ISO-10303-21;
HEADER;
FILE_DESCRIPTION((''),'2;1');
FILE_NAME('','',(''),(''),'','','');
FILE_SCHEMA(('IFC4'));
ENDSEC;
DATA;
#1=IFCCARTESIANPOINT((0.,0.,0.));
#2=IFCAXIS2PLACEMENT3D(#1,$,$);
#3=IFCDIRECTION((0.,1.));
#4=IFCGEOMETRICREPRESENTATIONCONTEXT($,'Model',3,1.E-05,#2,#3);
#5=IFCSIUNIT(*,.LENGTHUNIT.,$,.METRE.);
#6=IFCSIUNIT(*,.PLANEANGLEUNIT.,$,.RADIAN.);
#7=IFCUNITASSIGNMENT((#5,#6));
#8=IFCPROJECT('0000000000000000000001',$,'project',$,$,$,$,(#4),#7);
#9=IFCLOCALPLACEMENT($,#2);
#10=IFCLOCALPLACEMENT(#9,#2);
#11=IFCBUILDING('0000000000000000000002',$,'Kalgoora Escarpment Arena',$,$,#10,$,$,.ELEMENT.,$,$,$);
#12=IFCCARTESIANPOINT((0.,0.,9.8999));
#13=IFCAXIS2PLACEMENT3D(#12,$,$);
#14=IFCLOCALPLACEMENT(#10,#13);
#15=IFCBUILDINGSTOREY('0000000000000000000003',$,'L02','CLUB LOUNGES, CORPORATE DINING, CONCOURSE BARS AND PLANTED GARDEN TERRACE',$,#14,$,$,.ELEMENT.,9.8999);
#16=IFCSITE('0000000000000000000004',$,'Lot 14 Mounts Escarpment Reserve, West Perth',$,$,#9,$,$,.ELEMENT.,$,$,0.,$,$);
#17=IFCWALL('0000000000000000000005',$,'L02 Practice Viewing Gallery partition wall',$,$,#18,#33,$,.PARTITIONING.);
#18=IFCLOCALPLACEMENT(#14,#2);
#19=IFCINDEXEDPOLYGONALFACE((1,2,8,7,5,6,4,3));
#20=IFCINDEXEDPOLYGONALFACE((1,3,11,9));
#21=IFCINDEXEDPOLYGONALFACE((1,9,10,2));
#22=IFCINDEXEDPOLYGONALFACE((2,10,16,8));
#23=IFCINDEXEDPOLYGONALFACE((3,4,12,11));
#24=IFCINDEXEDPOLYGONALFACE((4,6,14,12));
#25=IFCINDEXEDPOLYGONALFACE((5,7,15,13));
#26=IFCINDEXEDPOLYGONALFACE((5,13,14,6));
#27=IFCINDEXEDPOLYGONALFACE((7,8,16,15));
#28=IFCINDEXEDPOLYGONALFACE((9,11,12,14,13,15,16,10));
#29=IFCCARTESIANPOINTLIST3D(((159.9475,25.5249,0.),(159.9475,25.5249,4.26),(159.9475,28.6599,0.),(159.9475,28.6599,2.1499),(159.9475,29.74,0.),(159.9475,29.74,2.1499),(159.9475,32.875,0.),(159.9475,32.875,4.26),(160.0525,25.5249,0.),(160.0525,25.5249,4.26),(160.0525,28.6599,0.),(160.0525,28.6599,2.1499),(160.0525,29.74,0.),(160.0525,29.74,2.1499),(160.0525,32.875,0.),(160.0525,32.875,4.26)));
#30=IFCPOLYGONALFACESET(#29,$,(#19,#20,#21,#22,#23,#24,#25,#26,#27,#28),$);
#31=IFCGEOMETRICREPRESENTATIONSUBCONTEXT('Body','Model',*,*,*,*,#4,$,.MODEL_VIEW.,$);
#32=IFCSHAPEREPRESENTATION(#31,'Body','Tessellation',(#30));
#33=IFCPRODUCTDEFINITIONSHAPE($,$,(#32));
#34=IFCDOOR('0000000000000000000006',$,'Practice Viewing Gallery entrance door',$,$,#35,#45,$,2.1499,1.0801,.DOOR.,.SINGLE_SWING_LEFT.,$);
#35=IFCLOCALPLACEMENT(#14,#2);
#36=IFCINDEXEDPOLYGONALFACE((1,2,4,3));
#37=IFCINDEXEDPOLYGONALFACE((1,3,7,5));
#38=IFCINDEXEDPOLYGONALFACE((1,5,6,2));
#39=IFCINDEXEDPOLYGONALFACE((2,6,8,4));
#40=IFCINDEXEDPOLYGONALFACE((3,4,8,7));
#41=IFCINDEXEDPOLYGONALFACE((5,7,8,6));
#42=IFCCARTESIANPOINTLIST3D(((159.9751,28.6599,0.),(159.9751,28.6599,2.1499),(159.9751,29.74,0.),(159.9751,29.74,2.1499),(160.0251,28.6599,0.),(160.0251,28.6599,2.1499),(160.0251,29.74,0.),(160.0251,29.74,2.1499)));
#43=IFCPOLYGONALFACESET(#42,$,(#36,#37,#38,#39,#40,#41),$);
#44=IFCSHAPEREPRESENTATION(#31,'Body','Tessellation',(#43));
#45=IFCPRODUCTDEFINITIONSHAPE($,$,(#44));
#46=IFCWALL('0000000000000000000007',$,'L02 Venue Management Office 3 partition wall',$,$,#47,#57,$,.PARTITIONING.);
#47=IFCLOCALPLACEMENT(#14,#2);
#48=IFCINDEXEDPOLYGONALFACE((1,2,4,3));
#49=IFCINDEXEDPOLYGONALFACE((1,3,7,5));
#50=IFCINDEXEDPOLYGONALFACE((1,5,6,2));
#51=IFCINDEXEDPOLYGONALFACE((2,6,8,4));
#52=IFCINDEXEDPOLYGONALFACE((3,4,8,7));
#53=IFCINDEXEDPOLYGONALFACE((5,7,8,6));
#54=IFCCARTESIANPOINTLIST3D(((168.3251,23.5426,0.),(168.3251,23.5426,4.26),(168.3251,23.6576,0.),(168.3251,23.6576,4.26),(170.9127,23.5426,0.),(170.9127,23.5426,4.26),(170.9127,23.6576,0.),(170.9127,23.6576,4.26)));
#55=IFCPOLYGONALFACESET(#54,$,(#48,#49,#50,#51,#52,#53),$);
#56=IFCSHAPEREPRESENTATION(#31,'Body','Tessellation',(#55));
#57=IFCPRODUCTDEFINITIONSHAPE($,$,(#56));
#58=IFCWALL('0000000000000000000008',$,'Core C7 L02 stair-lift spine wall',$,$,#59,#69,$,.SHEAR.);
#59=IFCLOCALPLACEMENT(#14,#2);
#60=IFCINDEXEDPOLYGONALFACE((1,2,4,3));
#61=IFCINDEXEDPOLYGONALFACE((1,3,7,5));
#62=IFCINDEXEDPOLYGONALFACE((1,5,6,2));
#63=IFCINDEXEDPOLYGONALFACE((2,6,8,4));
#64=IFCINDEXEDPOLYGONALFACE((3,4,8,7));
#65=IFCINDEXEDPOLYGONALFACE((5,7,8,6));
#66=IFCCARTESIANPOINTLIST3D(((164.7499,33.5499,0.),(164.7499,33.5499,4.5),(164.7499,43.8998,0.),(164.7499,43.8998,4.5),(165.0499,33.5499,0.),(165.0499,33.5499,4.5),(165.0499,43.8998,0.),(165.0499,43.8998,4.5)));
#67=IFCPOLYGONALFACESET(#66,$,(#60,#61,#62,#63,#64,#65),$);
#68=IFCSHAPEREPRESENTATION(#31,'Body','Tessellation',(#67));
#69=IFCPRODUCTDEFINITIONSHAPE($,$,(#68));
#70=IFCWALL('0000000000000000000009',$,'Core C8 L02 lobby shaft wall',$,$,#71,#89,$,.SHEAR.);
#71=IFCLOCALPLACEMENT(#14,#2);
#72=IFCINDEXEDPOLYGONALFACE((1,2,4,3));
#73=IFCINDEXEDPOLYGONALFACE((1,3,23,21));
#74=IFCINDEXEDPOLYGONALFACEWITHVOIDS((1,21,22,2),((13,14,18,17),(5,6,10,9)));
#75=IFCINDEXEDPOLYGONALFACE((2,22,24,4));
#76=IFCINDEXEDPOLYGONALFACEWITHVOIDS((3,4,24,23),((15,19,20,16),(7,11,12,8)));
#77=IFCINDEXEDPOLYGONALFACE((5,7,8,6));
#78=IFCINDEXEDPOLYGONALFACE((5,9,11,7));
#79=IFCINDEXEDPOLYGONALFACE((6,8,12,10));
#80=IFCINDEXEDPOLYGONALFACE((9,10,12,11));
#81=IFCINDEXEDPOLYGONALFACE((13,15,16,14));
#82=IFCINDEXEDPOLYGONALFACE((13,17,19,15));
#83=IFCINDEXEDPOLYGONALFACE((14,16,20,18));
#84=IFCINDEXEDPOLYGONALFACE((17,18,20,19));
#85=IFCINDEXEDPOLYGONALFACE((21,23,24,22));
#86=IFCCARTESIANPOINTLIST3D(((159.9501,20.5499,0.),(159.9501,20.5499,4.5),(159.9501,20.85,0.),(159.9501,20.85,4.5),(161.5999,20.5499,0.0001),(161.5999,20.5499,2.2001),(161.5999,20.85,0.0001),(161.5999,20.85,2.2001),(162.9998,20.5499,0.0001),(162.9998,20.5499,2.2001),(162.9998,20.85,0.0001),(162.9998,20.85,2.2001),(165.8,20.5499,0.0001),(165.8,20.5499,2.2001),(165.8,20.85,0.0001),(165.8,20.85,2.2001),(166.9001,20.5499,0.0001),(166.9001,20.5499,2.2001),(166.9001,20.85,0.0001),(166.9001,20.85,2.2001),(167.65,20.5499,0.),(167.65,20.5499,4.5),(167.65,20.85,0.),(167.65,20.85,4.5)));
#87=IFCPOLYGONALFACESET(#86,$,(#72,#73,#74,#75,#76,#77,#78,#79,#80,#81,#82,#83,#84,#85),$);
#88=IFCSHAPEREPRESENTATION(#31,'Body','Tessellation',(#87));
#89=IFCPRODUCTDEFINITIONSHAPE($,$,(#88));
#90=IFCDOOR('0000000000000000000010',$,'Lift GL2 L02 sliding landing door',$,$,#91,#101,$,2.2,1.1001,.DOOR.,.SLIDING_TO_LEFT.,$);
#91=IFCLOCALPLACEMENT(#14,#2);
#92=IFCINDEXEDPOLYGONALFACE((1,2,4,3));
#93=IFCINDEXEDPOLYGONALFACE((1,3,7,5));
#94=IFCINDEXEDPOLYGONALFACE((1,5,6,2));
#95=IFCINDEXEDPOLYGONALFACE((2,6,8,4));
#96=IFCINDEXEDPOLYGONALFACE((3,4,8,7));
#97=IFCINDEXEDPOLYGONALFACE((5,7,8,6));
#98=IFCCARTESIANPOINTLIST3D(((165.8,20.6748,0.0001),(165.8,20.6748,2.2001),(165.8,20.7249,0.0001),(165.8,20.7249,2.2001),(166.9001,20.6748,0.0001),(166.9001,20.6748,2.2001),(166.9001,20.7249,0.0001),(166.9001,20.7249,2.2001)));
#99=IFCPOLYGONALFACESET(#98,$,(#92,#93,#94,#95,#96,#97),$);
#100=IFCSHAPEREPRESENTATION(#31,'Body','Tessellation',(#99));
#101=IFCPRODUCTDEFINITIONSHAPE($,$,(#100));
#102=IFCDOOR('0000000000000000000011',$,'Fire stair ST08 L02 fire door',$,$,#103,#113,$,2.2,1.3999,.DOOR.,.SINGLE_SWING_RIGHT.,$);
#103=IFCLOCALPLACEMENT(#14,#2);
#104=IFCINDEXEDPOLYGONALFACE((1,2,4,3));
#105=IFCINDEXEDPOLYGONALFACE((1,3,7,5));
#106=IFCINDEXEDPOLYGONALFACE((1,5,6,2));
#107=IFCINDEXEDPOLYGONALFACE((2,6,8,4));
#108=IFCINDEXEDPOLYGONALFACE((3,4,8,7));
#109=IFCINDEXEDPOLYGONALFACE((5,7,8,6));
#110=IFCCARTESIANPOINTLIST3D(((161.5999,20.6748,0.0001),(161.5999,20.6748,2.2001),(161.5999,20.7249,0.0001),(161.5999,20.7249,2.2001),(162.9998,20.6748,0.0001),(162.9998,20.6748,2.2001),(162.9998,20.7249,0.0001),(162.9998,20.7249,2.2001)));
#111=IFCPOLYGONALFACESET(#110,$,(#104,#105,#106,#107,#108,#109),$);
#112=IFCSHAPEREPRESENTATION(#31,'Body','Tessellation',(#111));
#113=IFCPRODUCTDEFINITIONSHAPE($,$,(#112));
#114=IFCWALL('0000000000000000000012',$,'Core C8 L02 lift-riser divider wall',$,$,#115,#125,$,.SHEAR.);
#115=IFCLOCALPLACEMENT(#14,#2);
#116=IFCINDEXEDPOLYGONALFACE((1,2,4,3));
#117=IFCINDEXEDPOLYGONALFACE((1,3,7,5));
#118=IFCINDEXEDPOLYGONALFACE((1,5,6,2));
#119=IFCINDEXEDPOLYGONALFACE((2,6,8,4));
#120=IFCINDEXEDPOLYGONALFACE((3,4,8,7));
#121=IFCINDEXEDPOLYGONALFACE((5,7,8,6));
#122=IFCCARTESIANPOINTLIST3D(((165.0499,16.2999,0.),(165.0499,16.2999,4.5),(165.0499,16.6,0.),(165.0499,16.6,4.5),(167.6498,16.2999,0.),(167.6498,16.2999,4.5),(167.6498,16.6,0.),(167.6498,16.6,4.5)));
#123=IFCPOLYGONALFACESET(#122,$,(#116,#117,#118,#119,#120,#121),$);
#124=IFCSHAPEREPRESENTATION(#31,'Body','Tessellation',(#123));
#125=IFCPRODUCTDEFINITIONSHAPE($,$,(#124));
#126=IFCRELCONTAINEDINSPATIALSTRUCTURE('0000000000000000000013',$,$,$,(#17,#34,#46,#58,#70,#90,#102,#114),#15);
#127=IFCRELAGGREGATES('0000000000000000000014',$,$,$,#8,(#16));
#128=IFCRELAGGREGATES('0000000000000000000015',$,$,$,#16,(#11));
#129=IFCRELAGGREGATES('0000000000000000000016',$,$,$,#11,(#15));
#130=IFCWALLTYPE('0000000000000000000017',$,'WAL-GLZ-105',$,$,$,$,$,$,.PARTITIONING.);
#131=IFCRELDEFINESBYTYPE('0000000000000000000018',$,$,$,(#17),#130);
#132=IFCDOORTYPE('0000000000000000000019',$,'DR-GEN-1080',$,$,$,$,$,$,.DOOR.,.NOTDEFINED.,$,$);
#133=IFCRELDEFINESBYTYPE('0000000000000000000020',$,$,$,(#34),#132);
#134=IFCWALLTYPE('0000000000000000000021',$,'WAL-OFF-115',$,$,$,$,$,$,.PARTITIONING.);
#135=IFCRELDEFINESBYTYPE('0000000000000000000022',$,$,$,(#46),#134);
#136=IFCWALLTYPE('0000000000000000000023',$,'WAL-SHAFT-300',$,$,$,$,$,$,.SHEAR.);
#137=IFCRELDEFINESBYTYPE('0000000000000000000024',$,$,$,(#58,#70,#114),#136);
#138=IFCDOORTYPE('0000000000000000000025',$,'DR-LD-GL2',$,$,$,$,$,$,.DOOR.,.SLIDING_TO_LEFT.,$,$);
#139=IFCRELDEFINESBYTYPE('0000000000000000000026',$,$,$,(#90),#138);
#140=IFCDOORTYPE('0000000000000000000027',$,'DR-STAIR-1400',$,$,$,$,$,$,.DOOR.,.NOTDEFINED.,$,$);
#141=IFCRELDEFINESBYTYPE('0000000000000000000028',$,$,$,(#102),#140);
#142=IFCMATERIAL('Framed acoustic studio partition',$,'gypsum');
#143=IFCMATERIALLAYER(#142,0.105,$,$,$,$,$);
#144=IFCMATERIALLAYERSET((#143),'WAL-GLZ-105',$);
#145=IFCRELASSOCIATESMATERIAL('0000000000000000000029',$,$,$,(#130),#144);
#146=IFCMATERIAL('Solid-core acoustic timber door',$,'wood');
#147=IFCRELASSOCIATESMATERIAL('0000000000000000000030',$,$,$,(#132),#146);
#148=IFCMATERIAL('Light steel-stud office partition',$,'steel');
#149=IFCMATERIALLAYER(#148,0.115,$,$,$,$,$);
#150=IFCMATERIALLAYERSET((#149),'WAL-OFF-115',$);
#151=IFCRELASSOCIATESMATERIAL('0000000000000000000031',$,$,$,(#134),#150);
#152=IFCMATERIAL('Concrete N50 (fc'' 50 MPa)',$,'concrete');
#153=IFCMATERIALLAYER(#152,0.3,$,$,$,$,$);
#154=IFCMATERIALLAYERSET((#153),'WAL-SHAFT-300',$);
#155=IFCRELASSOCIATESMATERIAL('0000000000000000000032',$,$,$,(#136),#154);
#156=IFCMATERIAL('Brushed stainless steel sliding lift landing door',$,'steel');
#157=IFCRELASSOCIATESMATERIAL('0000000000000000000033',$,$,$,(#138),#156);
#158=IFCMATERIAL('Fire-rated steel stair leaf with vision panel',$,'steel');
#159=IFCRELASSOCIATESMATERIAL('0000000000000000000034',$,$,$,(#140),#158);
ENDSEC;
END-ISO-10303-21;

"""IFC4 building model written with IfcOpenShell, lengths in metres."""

from ifc_helpers import new_model, si_unit, direction, frame, frame_2d, origin, place, context, subcontext, project, spatial, rectangle, extrude, material, layer, layer_set, type_object, element, fill, save


model = new_model("IFC4")

# Units and contexts
model_context = context("Model", 3, precision=1e-05, world=origin(), true_north=direction((0.0, 1.0)))
body_context = subcontext(model_context, "Body", "Model", "MODEL_VIEW")
ifc_project = project(units=[si_unit("LENGTHUNIT", "METRE"), si_unit("PLANEANGLEUNIT", "RADIAN")], contexts=[model_context])

# Site, building, storey
site_placement = place(None, origin())
site = spatial("IfcSite", under=ifc_project, at=site_placement, Name="Lot 14 Mounts Escarpment Reserve, West Perth", CompositionType="ELEMENT", RefElevation=0.0)
building_placement = place(site_placement, origin())
building = spatial("IfcBuilding", under=site, at=building_placement, Name="Kalgoora Escarpment Arena", CompositionType="ELEMENT")
storey_placement = place(building_placement, frame((0.0, 0.0, 9.8999)))
storey = spatial("IfcBuildingStorey", under=building, at=storey_placement, Name="L02", Description="CLUB LOUNGES, CORPORATE DINING, CONCOURSE BARS AND PLANTED GARDEN TERRACE", CompositionType="ELEMENT", Elevation=9.8999)

# Shared definitions
ifc_material_1 = material(Name="Framed acoustic studio partition", Category="gypsum")
ifc_layer_1 = layer(ifc_material_1, 0.105)
ifc_layer_set_1 = layer_set([ifc_layer_1], Name="WAL-GLZ-105")
wall_type_1 = type_object("IfcWallType", Name="WAL-GLZ-105", PredefinedType="PARTITIONING", material=ifc_layer_set_1)

# Wall, opening, door
wall_1_placement = place(storey_placement, frame((160.0, 25.5249, 0.0), z_axis=(0.0, 0.0, 1.0), x_axis=(0.0, 1.0, 0.0)))
wall_1 = element("IfcWall", 1, at=wall_1_placement, inside=storey, type_object=wall_type_1, Name="L02 Practice Viewing Gallery partition wall", PredefinedType="PARTITIONING", context=body_context, shape_type="SweptSolid", body=[
    extrude(rectangle(XDim=7.3501, YDim=0.105, at=frame_2d((3.675, 0.0))), origin(), (0.0, 0.0, 1.0), 4.26),
])
opening_1_placement = place(wall_1_placement, frame((3.135, 0.0, 0.0)))
opening_1 = element("IfcOpeningElement", 2, at=opening_1_placement, cuts=wall_1, PredefinedType="OPENING", context=body_context, shape_type="SweptSolid", body=[
    extrude(rectangle(XDim=1.0801, YDim=2.1499, at=frame_2d((0.54, 1.075))), frame((0.0, 0.0625, 0.0), z_axis=(0.0, -1.0, 0.0), x_axis=(1.0, 0.0, 0.0)), (0.0, 0.0, 1.0), 0.125),
])
ifc_material_2 = material(Name="Solid-core acoustic timber door", Category="wood")
door_type_1 = type_object("IfcDoorType", Name="DR-GEN-1080", OperationType="NOTDEFINED", PredefinedType="DOOR", material=ifc_material_2)
door_1_placement = place(opening_1_placement, origin())
door_1 = element("IfcDoor", 3, at=door_1_placement, inside=storey, type_object=door_type_1, Name="Practice Viewing Gallery entrance door", OperationType="SINGLE_SWING_LEFT", OverallHeight=2.1499, OverallWidth=1.0801, PredefinedType="DOOR", context=body_context, shape_type="SweptSolid", body=[
    extrude(rectangle(XDim=1.0801, YDim=2.1499, at=frame_2d((0.54, 1.075))), frame((0.0, 0.0249, 0.0), z_axis=(0.0, -1.0, 0.0), x_axis=(1.0, 0.0, 0.0)), (0.0, 0.0, 1.0), 0.05),
])
fill(opening_1, door_1)

# Walls
ifc_material_3 = material(Name="Light steel-stud office partition", Category="steel")
ifc_layer_2 = layer(ifc_material_3, 0.115)
ifc_layer_set_2 = layer_set([ifc_layer_2], Name="WAL-OFF-115")
wall_type_2 = type_object("IfcWallType", Name="WAL-OFF-115", PredefinedType="PARTITIONING", material=ifc_layer_set_2)
wall_2_placement = place(storey_placement, frame((168.325, 23.6001, 0.0), z_axis=(0.0, 0.0, 1.0), x_axis=(1.0, 0.0, 0.0)))
element("IfcWall", 4, at=wall_2_placement, inside=storey, type_object=wall_type_2, Name="L02 Venue Management Office 3 partition wall", PredefinedType="PARTITIONING", context=body_context, shape_type="SweptSolid", body=[
    extrude(rectangle(XDim=2.5876, YDim=0.115, at=frame_2d((1.2939, 0.0))), origin(), (0.0, 0.0, 1.0), 4.26),
])
ifc_material_4 = material(Name="Concrete N50 (fc' 50 MPa)", Category="concrete")
ifc_layer_3 = layer(ifc_material_4, 0.3)
ifc_layer_set_3 = layer_set([ifc_layer_3], Name="WAL-SHAFT-300")
wall_type_3 = type_object("IfcWallType", Name="WAL-SHAFT-300", PredefinedType="SHEAR", material=ifc_layer_set_3)
wall_3_placement = place(storey_placement, frame((164.8999, 33.55, 0.0), z_axis=(0.0, 0.0, 1.0), x_axis=(0.0, 1.0, 0.0)))
element("IfcWall", 5, at=wall_3_placement, inside=storey, type_object=wall_type_3, Name="Core C7 L02 stair-lift spine wall", PredefinedType="SHEAR", context=body_context, shape_type="SweptSolid", body=[
    extrude(rectangle(XDim=10.3499, YDim=0.3, at=frame_2d((5.1748, 0.0))), origin(), (0.0, 0.0, 1.0), 4.5),
])

# Wall, openings, doors
wall_4_placement = place(storey_placement, frame((159.95, 20.7, 0.0), z_axis=(0.0, 0.0, 1.0), x_axis=(1.0, 0.0, 0.0)))
wall_4 = element("IfcWall", 6, at=wall_4_placement, inside=storey, type_object=wall_type_3, Name="Core C8 L02 lobby shaft wall", PredefinedType="SHEAR", context=body_context, shape_type="SweptSolid", body=[
    extrude(rectangle(XDim=7.7, YDim=0.3, at=frame_2d((3.8501, 0.0))), origin(), (0.0, 0.0, 1.0), 4.5),
])
opening_2_placement = place(wall_4_placement, frame((1.6499, 0.0, 0.0)))
opening_2 = element("IfcOpeningElement", 7, at=opening_2_placement, cuts=wall_4, PredefinedType="OPENING", context=body_context, shape_type="SweptSolid", body=[
    extrude(rectangle(XDim=1.3999, YDim=2.2, at=frame_2d((0.7, 1.1001))), frame((0.0, 0.1599, 0.0), z_axis=(0.0, -1.0, 0.0), x_axis=(1.0, 0.0, 0.0)), (0.0, 0.0, 1.0), 0.3201),
])
opening_3_placement = place(wall_4_placement, frame((5.8501, 0.0, 0.0)))
opening_3 = element("IfcOpeningElement", 8, at=opening_3_placement, cuts=wall_4, PredefinedType="OPENING", context=body_context, shape_type="SweptSolid", body=[
    extrude(rectangle(XDim=1.1001, YDim=2.2, at=frame_2d((0.55, 1.1001))), frame((0.0, 0.1599, 0.0), z_axis=(0.0, -1.0, 0.0), x_axis=(1.0, 0.0, 0.0)), (0.0, 0.0, 1.0), 0.3201),
])
ifc_material_5 = material(Name="Brushed stainless steel sliding lift landing door", Category="steel")
door_type_2 = type_object("IfcDoorType", Name="DR-LD-GL2", OperationType="SLIDING_TO_LEFT", PredefinedType="DOOR", material=ifc_material_5)
door_2_placement = place(opening_3_placement, origin())
door_2 = element("IfcDoor", 9, at=door_2_placement, inside=storey, type_object=door_type_2, Name="Lift GL2 L02 sliding landing door", OperationType="SLIDING_TO_LEFT", OverallHeight=2.2, OverallWidth=1.1001, PredefinedType="DOOR", context=body_context, shape_type="SweptSolid", body=[
    extrude(rectangle(XDim=1.1001, YDim=2.2, at=frame_2d((0.55, 1.1001))), frame((0.0, 0.0249, 0.0), z_axis=(0.0, -1.0, 0.0), x_axis=(1.0, 0.0, 0.0)), (0.0, 0.0, 1.0), 0.05),
])
fill(opening_3, door_2)
ifc_material_6 = material(Name="Fire-rated steel stair leaf with vision panel", Category="steel")
door_type_3 = type_object("IfcDoorType", Name="DR-STAIR-1400", OperationType="NOTDEFINED", PredefinedType="DOOR", material=ifc_material_6)
door_3_placement = place(opening_2_placement, origin())
door_3 = element("IfcDoor", 10, at=door_3_placement, inside=storey, type_object=door_type_3, Name="Fire stair ST08 L02 fire door", OperationType="SINGLE_SWING_RIGHT", OverallHeight=2.2, OverallWidth=1.3999, PredefinedType="DOOR", context=body_context, shape_type="SweptSolid", body=[
    extrude(rectangle(XDim=1.3999, YDim=2.2, at=frame_2d((0.7, 1.1001))), frame((0.0, 0.0249, 0.0), z_axis=(0.0, -1.0, 0.0), x_axis=(1.0, 0.0, 0.0)), (0.0, 0.0, 1.0), 0.05),
])
fill(opening_2, door_3)

# Wall
wall_5_placement = place(storey_placement, frame((165.05, 16.45, 0.0), z_axis=(0.0, 0.0, 1.0), x_axis=(1.0, 0.0, 0.0)))
element("IfcWall", 11, at=wall_5_placement, inside=storey, type_object=wall_type_3, Name="Core C8 L02 lift-riser divider wall", PredefinedType="SHEAR", context=body_context, shape_type="SweptSolid", body=[
    extrude(rectangle(XDim=2.5999, YDim=0.3, at=frame_2d((1.2998, 0.0))), origin(), (0.0, 0.0, 1.0), 4.5),
])

save(model, "model.ifc")
